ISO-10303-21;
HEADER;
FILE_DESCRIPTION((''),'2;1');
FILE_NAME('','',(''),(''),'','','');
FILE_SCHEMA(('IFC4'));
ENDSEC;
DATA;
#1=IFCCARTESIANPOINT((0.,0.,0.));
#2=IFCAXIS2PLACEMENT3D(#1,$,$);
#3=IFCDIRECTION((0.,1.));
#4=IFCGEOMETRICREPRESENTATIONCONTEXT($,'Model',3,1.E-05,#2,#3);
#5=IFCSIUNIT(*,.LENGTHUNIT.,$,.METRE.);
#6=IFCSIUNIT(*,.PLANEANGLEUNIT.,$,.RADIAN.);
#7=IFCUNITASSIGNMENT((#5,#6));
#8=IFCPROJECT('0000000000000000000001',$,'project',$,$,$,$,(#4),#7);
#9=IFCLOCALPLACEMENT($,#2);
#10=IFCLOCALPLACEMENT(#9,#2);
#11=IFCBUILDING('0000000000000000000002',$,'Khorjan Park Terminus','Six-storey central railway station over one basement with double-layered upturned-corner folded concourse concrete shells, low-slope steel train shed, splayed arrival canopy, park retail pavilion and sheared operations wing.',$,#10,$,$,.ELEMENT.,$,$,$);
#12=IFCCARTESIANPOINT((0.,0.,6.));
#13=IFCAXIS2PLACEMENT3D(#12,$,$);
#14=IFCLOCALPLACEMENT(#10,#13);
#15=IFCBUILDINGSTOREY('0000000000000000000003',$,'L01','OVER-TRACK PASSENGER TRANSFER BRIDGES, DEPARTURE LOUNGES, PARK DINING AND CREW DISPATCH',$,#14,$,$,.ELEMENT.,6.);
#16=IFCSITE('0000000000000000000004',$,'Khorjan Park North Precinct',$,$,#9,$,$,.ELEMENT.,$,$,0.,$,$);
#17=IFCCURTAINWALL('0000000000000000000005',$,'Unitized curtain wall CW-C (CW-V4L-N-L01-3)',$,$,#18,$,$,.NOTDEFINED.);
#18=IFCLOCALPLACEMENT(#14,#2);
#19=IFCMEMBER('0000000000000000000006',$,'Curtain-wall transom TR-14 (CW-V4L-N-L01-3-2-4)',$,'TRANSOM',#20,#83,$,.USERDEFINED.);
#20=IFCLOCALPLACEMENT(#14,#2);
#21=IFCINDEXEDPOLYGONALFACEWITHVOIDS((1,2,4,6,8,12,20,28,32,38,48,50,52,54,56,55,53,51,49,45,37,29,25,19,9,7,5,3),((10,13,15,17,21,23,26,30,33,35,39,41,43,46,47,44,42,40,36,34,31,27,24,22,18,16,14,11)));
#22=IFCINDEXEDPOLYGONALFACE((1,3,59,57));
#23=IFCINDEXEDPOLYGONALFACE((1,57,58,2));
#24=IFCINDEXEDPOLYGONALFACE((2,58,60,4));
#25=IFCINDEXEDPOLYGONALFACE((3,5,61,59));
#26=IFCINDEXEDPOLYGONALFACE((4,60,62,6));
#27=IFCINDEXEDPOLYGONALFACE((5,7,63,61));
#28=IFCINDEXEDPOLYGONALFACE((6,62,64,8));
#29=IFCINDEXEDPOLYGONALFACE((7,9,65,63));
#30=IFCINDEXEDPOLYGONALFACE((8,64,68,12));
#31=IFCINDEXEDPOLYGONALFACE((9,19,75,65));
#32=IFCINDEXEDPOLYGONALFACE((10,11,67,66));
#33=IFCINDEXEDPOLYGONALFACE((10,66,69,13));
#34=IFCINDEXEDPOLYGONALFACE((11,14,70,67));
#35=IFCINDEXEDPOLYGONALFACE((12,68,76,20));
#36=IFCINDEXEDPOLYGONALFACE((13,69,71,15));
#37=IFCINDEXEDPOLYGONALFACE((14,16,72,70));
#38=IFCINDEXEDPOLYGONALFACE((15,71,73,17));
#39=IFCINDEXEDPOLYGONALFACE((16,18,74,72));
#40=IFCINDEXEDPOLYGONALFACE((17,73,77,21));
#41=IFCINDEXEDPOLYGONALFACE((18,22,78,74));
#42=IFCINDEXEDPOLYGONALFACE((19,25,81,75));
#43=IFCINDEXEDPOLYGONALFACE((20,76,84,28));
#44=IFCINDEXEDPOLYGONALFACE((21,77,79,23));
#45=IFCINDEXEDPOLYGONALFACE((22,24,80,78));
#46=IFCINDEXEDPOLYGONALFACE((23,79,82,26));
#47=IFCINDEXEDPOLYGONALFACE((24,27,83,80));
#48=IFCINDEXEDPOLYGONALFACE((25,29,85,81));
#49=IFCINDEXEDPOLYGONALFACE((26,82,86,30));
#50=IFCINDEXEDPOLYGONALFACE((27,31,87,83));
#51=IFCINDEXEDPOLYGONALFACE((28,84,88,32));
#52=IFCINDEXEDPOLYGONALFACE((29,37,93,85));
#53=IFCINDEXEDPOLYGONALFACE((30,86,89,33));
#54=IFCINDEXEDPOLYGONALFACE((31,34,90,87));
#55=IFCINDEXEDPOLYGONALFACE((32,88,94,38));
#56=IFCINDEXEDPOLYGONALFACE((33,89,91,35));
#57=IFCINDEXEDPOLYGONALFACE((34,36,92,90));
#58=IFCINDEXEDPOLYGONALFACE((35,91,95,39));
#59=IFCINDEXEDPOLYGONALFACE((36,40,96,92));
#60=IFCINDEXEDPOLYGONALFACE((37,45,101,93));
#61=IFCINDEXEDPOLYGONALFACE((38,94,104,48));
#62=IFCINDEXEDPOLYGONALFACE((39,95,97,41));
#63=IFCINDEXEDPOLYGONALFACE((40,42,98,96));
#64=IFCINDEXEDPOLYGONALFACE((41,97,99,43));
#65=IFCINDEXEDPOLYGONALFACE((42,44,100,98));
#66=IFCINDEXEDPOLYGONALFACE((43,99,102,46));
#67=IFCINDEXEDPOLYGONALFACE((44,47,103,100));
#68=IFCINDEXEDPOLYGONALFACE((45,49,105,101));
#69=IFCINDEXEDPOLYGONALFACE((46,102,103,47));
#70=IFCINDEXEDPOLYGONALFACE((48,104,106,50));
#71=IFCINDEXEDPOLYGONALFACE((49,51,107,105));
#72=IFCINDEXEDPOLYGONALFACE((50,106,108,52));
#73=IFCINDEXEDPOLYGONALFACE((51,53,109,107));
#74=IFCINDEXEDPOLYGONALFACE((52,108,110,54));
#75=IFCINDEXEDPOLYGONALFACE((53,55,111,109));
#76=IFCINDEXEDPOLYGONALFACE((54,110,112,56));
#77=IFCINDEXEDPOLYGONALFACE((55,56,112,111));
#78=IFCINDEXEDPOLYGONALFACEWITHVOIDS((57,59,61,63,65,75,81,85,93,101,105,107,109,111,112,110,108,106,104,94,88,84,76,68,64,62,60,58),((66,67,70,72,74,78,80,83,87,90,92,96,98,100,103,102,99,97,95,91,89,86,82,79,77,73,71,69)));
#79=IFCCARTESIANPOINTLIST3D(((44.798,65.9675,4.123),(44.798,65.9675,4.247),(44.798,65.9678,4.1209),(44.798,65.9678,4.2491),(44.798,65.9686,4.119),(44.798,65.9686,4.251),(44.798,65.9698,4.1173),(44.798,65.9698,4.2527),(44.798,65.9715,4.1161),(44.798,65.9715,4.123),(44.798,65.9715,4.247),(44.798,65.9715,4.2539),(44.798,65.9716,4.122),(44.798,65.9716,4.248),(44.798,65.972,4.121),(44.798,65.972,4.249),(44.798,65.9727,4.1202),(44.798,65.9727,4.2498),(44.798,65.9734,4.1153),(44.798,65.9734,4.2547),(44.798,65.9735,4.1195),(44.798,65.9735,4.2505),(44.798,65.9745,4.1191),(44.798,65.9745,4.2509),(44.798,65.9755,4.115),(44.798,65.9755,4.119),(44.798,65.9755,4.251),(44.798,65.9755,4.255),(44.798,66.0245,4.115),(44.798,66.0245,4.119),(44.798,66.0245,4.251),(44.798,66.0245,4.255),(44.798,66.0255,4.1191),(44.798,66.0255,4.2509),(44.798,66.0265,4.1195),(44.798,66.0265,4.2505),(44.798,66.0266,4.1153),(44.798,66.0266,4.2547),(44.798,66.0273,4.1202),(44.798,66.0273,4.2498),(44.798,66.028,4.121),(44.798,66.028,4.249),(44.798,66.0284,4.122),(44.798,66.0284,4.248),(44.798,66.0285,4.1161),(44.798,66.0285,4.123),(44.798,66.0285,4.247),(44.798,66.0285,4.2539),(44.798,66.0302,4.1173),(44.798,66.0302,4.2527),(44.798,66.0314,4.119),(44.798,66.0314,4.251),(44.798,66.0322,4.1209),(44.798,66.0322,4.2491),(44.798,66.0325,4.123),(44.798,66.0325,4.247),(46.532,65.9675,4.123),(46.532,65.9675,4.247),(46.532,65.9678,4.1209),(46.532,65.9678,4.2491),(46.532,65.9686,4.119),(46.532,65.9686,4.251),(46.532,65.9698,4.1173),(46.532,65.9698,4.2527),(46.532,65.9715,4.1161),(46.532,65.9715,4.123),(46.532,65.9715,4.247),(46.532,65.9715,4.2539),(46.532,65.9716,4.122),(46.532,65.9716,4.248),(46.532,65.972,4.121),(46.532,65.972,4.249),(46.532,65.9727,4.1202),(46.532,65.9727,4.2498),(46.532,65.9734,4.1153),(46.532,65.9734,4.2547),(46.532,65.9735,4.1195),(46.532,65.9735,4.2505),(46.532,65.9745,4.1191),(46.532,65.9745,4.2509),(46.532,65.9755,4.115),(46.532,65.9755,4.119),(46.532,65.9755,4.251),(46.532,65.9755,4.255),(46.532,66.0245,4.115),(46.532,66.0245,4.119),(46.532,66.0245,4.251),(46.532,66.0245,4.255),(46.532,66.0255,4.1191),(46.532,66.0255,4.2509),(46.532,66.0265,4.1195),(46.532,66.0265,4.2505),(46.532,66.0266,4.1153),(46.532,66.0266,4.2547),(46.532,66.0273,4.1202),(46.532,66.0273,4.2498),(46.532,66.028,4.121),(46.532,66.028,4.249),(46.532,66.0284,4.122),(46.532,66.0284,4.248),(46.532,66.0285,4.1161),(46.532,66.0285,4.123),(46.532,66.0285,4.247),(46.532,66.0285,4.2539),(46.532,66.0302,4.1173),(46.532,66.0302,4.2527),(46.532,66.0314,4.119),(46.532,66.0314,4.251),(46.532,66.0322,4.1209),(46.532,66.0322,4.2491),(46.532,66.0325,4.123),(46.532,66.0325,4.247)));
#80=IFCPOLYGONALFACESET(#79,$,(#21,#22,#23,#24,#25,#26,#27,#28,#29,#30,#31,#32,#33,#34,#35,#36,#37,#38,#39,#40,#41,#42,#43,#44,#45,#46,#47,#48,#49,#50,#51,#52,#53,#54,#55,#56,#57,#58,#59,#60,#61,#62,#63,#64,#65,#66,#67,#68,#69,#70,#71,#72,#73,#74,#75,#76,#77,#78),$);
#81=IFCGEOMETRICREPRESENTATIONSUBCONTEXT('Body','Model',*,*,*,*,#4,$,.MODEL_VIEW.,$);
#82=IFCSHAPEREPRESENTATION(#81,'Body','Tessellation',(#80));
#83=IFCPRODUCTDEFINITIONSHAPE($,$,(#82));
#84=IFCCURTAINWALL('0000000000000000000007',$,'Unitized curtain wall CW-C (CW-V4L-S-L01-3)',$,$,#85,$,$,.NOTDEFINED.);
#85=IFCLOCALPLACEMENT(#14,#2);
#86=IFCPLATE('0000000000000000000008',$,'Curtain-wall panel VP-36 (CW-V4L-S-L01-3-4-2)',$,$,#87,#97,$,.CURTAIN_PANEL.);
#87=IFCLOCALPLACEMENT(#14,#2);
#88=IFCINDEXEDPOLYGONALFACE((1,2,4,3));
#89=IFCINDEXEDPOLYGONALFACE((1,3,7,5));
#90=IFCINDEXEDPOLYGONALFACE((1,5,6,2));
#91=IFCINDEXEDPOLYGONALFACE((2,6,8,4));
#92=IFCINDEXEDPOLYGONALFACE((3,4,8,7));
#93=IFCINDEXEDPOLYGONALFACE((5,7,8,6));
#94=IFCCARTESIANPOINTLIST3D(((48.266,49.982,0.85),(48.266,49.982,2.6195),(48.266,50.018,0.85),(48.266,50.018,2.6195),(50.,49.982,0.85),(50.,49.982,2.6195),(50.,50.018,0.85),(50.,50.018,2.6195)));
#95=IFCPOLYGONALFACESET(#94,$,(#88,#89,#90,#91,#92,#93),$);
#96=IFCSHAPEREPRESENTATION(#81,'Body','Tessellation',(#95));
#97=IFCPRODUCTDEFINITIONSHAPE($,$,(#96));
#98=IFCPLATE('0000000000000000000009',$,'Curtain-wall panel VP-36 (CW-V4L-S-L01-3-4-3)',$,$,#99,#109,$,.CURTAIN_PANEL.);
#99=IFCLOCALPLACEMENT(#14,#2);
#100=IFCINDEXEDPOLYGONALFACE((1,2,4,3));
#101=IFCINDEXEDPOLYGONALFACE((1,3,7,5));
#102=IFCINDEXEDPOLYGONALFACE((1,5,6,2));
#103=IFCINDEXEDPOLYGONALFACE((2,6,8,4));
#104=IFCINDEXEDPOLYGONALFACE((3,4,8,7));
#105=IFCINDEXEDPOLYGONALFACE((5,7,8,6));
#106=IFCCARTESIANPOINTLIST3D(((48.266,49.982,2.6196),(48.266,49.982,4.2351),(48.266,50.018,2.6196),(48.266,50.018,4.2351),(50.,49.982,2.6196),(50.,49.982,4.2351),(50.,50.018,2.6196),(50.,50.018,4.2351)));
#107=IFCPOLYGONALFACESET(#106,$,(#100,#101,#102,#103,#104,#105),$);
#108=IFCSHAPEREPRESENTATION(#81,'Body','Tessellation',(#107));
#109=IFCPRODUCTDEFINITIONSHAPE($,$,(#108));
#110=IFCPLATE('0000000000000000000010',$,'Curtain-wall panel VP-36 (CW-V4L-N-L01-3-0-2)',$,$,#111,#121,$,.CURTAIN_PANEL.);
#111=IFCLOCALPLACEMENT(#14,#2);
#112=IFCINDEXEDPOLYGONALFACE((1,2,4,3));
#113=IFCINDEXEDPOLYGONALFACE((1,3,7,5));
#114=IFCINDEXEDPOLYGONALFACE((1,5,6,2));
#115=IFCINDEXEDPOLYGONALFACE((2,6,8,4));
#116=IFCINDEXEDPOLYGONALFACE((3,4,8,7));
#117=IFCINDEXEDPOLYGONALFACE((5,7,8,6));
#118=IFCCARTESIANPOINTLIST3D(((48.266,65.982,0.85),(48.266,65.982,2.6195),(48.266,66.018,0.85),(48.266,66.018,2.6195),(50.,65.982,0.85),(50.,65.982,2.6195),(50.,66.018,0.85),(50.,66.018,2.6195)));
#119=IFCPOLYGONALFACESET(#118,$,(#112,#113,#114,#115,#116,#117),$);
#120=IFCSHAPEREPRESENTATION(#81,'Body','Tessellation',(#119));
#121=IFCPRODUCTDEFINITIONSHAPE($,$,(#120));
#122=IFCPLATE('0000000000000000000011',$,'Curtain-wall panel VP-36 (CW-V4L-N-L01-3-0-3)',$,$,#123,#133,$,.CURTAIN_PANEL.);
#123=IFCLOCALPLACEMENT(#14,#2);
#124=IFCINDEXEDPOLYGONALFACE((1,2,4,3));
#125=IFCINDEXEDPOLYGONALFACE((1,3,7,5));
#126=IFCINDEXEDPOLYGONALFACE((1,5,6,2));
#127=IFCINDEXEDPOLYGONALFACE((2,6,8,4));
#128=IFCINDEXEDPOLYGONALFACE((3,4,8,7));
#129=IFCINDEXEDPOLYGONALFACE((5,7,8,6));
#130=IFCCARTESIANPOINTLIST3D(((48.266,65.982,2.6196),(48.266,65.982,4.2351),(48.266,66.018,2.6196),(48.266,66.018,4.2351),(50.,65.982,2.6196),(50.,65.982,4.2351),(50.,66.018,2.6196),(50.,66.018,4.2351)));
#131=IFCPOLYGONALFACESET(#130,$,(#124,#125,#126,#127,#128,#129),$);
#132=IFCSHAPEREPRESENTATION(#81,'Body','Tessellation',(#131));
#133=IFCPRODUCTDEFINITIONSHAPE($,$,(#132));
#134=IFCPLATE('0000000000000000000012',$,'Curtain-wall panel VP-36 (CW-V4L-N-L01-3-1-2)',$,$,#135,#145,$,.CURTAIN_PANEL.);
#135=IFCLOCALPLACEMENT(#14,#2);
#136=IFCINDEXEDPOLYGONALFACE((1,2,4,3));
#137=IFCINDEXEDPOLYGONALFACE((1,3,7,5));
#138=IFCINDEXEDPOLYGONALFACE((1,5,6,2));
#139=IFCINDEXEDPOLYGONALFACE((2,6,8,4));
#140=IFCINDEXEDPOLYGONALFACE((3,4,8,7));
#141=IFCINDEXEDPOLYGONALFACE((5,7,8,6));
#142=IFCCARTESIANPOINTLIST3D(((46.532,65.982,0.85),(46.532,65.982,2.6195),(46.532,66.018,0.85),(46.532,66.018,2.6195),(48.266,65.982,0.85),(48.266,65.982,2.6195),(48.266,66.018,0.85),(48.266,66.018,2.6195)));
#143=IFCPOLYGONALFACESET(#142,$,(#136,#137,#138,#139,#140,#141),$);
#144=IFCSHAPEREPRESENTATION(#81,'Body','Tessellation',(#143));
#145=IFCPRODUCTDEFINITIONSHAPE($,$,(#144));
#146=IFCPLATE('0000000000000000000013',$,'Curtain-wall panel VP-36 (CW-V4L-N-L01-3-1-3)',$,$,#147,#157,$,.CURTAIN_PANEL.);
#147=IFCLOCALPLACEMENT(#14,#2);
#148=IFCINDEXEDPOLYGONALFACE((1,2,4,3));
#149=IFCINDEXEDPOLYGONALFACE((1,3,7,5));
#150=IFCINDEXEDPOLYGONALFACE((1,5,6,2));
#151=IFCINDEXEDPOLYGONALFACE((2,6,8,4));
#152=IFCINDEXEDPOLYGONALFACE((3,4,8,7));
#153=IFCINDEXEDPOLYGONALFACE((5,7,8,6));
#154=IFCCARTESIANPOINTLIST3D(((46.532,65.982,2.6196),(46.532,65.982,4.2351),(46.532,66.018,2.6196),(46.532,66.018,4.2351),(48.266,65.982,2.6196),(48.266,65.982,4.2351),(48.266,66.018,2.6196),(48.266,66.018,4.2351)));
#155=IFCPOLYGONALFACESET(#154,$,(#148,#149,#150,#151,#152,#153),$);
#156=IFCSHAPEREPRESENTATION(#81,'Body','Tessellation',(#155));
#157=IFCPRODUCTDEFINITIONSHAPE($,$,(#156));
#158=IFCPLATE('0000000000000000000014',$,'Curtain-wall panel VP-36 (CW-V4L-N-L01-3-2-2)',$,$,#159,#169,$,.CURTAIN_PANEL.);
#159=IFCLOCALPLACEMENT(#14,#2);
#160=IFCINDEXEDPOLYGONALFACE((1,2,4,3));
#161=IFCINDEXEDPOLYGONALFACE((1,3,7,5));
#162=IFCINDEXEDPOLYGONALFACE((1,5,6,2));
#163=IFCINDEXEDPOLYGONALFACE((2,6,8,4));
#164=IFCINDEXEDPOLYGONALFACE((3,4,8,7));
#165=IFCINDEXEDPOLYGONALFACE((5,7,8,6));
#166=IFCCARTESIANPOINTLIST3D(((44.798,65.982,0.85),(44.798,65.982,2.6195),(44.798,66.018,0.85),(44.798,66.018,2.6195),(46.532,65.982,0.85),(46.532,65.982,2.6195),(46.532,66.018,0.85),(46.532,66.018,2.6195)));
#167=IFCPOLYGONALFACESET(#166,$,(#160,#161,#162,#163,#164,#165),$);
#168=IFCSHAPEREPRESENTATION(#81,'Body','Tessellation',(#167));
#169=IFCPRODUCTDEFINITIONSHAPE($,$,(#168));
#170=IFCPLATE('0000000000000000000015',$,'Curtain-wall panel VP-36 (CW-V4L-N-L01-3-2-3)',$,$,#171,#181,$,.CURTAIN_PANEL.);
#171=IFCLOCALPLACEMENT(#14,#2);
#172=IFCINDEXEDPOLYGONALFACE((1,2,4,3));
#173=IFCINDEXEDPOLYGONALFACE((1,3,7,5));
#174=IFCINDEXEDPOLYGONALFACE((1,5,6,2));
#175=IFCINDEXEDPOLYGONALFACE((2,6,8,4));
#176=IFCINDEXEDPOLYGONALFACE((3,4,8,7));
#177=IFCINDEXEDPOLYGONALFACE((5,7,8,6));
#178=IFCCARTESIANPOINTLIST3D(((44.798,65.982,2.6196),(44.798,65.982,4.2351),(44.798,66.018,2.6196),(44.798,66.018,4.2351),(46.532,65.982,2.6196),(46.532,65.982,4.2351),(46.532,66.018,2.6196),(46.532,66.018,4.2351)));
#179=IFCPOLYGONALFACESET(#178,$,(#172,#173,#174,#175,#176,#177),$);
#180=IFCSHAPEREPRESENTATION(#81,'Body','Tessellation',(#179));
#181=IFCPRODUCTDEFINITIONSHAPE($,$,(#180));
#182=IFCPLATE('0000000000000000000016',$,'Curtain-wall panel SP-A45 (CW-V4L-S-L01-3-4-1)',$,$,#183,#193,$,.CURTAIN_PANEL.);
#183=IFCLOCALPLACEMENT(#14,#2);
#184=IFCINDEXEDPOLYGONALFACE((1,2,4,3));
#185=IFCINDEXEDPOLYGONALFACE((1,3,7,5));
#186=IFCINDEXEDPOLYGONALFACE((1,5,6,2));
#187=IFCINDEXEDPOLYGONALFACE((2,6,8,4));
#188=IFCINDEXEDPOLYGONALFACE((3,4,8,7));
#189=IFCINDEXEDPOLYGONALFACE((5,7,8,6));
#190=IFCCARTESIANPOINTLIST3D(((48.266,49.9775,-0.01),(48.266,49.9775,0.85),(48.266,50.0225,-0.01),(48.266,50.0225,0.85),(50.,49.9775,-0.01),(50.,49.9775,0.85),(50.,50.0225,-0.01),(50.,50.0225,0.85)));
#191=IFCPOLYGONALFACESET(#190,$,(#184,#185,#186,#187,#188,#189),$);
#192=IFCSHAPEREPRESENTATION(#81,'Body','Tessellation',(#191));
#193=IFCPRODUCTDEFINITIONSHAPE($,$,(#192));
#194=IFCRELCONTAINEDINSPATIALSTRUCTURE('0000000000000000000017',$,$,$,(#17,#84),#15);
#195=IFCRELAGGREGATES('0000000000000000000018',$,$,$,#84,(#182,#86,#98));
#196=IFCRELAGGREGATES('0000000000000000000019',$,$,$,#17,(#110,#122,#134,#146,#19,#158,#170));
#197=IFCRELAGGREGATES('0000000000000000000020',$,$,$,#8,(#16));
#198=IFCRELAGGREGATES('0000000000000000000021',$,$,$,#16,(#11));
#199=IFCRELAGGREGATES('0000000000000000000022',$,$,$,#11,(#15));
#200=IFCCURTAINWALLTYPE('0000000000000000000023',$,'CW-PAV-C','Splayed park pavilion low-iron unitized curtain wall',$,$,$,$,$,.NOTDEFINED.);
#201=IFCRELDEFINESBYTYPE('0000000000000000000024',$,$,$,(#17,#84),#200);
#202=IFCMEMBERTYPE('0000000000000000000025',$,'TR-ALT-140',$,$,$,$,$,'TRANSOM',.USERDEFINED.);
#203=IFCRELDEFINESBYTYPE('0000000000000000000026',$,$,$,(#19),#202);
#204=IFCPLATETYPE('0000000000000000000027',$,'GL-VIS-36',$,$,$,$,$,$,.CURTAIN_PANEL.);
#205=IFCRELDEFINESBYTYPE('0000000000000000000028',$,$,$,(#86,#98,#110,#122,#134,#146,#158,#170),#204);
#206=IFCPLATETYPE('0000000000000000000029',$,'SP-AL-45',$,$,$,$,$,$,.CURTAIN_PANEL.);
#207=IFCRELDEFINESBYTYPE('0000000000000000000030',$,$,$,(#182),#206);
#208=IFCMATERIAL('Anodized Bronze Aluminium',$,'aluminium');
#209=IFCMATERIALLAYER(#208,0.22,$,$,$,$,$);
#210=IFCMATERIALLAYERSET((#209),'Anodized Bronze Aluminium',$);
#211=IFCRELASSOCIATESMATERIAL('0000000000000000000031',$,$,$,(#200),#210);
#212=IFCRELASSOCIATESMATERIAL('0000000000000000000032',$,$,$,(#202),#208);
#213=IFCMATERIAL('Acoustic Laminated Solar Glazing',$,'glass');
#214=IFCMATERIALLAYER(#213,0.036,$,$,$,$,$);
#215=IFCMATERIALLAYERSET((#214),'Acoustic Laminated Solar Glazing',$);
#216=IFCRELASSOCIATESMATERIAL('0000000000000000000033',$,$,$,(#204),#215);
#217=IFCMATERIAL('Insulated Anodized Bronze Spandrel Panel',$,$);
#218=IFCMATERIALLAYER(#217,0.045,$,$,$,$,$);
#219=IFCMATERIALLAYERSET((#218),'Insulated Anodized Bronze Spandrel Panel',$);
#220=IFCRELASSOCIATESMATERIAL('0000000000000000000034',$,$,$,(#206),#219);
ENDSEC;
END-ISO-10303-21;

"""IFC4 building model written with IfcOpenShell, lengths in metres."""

from ifc_helpers import new_model, si_unit, direction, frame, origin, origin_2d, place, context, subcontext, project, spatial, rectangle, hollow_rectangle, extrude, material, layer, layer_set, material_profile, profile_set, type_object, element, aggregate, save


model = new_model("IFC4")

# Units and contexts
model_context = context("Model", 3, precision=1e-05, world=origin(), true_north=direction((0.0, 1.0)))
body_context = subcontext(model_context, "Body", "Model", "MODEL_VIEW")
ifc_project = project(units=[si_unit("LENGTHUNIT", "METRE"), si_unit("PLANEANGLEUNIT", "RADIAN")], contexts=[model_context])

# Site, building, storey
site_placement = place(None, origin())
site = spatial("IfcSite", under=ifc_project, at=site_placement, Name="Khorjan Park North Precinct", CompositionType="ELEMENT", RefElevation=0.0)
building_placement = place(site_placement, origin())
building = spatial("IfcBuilding", under=site, at=building_placement, Name="Khorjan Park Terminus", Description="Six-storey central railway station over one basement with double-layered upturned-corner folded concourse concrete shells, low-slope steel train shed, splayed arrival canopy, park retail pavilion and sheared operations wing.", CompositionType="ELEMENT")
storey_placement = place(building_placement, frame((0.0, 0.0, 6.0)))
storey = spatial("IfcBuildingStorey", under=building, at=storey_placement, Name="L01", Description="OVER-TRACK PASSENGER TRANSFER BRIDGES, DEPARTURE LOUNGES, PARK DINING AND CREW DISPATCH", CompositionType="ELEMENT", Elevation=6.0)

# Curtain wall
ifc_material_1 = material(Name="Anodized Bronze Aluminium", Category="aluminium")
ifc_layer_1 = layer(ifc_material_1, 0.22)
ifc_layer_set_1 = layer_set([ifc_layer_1], Name="Anodized Bronze Aluminium")
curtain_wall_type = type_object("IfcCurtainWallType", Name="CW-PAV-C", Description="Splayed park pavilion low-iron unitized curtain wall", PredefinedType="NOTDEFINED", material=ifc_layer_set_1)
curtain_wall_1_placement = place(storey_placement, origin())
curtain_wall_1 = element("IfcCurtainWall", 1, at=curtain_wall_1_placement, inside=storey, type_object=curtain_wall_type, Name="Unitized curtain wall CW-C (CW-V4L-N-L01-3)", PredefinedType="NOTDEFINED")

# Member
ifc_material_profile_1 = material_profile(ifc_material_1, hollow_rectangle(XDim=0.065, YDim=0.14, WallThickness=0.004, InnerFilletRadius=0.004, OuterFilletRadius=0.008, at=origin_2d()), Name="ALT 65x140x4")
ifc_profile_set_1 = profile_set([ifc_material_profile_1], Name="Anodized Bronze Aluminium")
member_type_1 = type_object("IfcMemberType", Name="TR-ALT-140", ElementType="TRANSOM", PredefinedType="USERDEFINED", material=ifc_profile_set_1)
member_1_placement = place(storey_placement, frame((46.532, 66.0, 4.185), z_axis=(-1.0, 0.0, 0.0), x_axis=(0.0, -1.0, 0.0)))
member_1 = element("IfcMember", 2, at=member_1_placement, type_object=member_type_1, Name="Curtain-wall transom TR-14 (CW-V4L-N-L01-3-2-4)", ObjectType="TRANSOM", PredefinedType="USERDEFINED", context=body_context, shape_type="SweptSolid", body=[
    extrude(hollow_rectangle(XDim=0.065, YDim=0.14, WallThickness=0.004, InnerFilletRadius=0.004, OuterFilletRadius=0.008, at=origin_2d()), origin(), (0.0, 0.0, 1.0), 1.734),
])

# Curtain wall, plates
curtain_wall_2_placement = place(storey_placement, origin())
curtain_wall_2 = element("IfcCurtainWall", 3, at=curtain_wall_2_placement, inside=storey, type_object=curtain_wall_type, Name="Unitized curtain wall CW-C (CW-V4L-S-L01-3)", PredefinedType="NOTDEFINED")
ifc_material_2 = material(Name="Acoustic Laminated Solar Glazing", Category="glass")
ifc_layer_2 = layer(ifc_material_2, 0.036)
ifc_layer_set_2 = layer_set([ifc_layer_2], Name="Acoustic Laminated Solar Glazing")
plate_type_1 = type_object("IfcPlateType", Name="GL-VIS-36", PredefinedType="CURTAIN_PANEL", material=ifc_layer_set_2)
plate_1_placement = place(storey_placement, frame((49.133, 50.0, 0.85), z_axis=(0.0, 0.0, 1.0), x_axis=(1.0, 0.0, 0.0)))
plate_1 = element("IfcPlate", 4, at=plate_1_placement, type_object=plate_type_1, Name="Curtain-wall panel VP-36 (CW-V4L-S-L01-3-4-2)", PredefinedType="CURTAIN_PANEL", context=body_context, shape_type="SweptSolid", body=[
    extrude(rectangle(XDim=1.734, YDim=0.036, at=origin_2d()), origin(), (0.0, 0.0, 1.0), 1.7695),
])
plate_2_placement = place(storey_placement, frame((49.133, 50.0, 2.6196), z_axis=(0.0, 0.0, 1.0), x_axis=(1.0, 0.0, 0.0)))
plate_2 = element("IfcPlate", 5, at=plate_2_placement, type_object=plate_type_1, Name="Curtain-wall panel VP-36 (CW-V4L-S-L01-3-4-3)", PredefinedType="CURTAIN_PANEL", context=body_context, shape_type="SweptSolid", body=[
    extrude(rectangle(XDim=1.734, YDim=0.036, at=origin_2d()), origin(), (0.0, 0.0, 1.0), 1.6155),
])

# Plates
plate_3_placement = place(storey_placement, frame((49.133, 66.0, 0.85), z_axis=(0.0, 0.0, 1.0), x_axis=(-1.0, 0.0, 0.0)))
plate_3 = element("IfcPlate", 6, at=plate_3_placement, type_object=plate_type_1, Name="Curtain-wall panel VP-36 (CW-V4L-N-L01-3-0-2)", PredefinedType="CURTAIN_PANEL", context=body_context, shape_type="SweptSolid", body=[
    extrude(rectangle(XDim=1.734, YDim=0.036, at=origin_2d()), origin(), (0.0, 0.0, 1.0), 1.7695),
])
plate_4_placement = place(storey_placement, frame((49.133, 66.0, 2.6196), z_axis=(0.0, 0.0, 1.0), x_axis=(-1.0, 0.0, 0.0)))
plate_4 = element("IfcPlate", 7, at=plate_4_placement, type_object=plate_type_1, Name="Curtain-wall panel VP-36 (CW-V4L-N-L01-3-0-3)", PredefinedType="CURTAIN_PANEL", context=body_context, shape_type="SweptSolid", body=[
    extrude(rectangle(XDim=1.734, YDim=0.036, at=origin_2d()), origin(), (0.0, 0.0, 1.0), 1.6155),
])
plate_5_placement = place(storey_placement, frame((47.399, 66.0, 0.85), z_axis=(0.0, 0.0, 1.0), x_axis=(-1.0, 0.0, 0.0)))
plate_5 = element("IfcPlate", 8, at=plate_5_placement, type_object=plate_type_1, Name="Curtain-wall panel VP-36 (CW-V4L-N-L01-3-1-2)", PredefinedType="CURTAIN_PANEL", context=body_context, shape_type="SweptSolid", body=[
    extrude(rectangle(XDim=1.734, YDim=0.036, at=origin_2d()), origin(), (0.0, 0.0, 1.0), 1.7695),
])
plate_6_placement = place(storey_placement, frame((47.399, 66.0, 2.6196), z_axis=(0.0, 0.0, 1.0), x_axis=(-1.0, 0.0, 0.0)))
plate_6 = element("IfcPlate", 9, at=plate_6_placement, type_object=plate_type_1, Name="Curtain-wall panel VP-36 (CW-V4L-N-L01-3-1-3)", PredefinedType="CURTAIN_PANEL", context=body_context, shape_type="SweptSolid", body=[
    extrude(rectangle(XDim=1.734, YDim=0.036, at=origin_2d()), origin(), (0.0, 0.0, 1.0), 1.6155),
])
plate_7_placement = place(storey_placement, frame((45.665, 66.0, 0.85), z_axis=(0.0, 0.0, 1.0), x_axis=(-1.0, 0.0, 0.0)))
plate_7 = element("IfcPlate", 10, at=plate_7_placement, type_object=plate_type_1, Name="Curtain-wall panel VP-36 (CW-V4L-N-L01-3-2-2)", PredefinedType="CURTAIN_PANEL", context=body_context, shape_type="SweptSolid", body=[
    extrude(rectangle(XDim=1.734, YDim=0.036, at=origin_2d()), origin(), (0.0, 0.0, 1.0), 1.7695),
])
plate_8_placement = place(storey_placement, frame((45.665, 66.0, 2.6196), z_axis=(0.0, 0.0, 1.0), x_axis=(-1.0, 0.0, 0.0)))
plate_8 = element("IfcPlate", 11, at=plate_8_placement, type_object=plate_type_1, Name="Curtain-wall panel VP-36 (CW-V4L-N-L01-3-2-3)", PredefinedType="CURTAIN_PANEL", context=body_context, shape_type="SweptSolid", body=[
    extrude(rectangle(XDim=1.734, YDim=0.036, at=origin_2d()), origin(), (0.0, 0.0, 1.0), 1.6155),
])
ifc_material_3 = material(Name="Insulated Anodized Bronze Spandrel Panel")
ifc_layer_3 = layer(ifc_material_3, 0.045)
ifc_layer_set_3 = layer_set([ifc_layer_3], Name="Insulated Anodized Bronze Spandrel Panel")
plate_type_2 = type_object("IfcPlateType", Name="SP-AL-45", PredefinedType="CURTAIN_PANEL", material=ifc_layer_set_3)
plate_9_placement = place(storey_placement, frame((49.133, 50.0, -0.01), z_axis=(0.0, 0.0, 1.0), x_axis=(1.0, 0.0, 0.0)))
plate_9 = element("IfcPlate", 12, at=plate_9_placement, type_object=plate_type_2, Name="Curtain-wall panel SP-A45 (CW-V4L-S-L01-3-4-1)", PredefinedType="CURTAIN_PANEL", context=body_context, shape_type="SweptSolid", body=[
    extrude(rectangle(XDim=1.734, YDim=0.045, at=origin_2d()), origin(), (0.0, 0.0, 1.0), 0.86),
])
aggregate(curtain_wall_2, [plate_9, plate_1, plate_2])
aggregate(curtain_wall_1, [plate_3, plate_4, plate_5, plate_6, member_1, plate_7, plate_8])

save(model, "model.ifc")
